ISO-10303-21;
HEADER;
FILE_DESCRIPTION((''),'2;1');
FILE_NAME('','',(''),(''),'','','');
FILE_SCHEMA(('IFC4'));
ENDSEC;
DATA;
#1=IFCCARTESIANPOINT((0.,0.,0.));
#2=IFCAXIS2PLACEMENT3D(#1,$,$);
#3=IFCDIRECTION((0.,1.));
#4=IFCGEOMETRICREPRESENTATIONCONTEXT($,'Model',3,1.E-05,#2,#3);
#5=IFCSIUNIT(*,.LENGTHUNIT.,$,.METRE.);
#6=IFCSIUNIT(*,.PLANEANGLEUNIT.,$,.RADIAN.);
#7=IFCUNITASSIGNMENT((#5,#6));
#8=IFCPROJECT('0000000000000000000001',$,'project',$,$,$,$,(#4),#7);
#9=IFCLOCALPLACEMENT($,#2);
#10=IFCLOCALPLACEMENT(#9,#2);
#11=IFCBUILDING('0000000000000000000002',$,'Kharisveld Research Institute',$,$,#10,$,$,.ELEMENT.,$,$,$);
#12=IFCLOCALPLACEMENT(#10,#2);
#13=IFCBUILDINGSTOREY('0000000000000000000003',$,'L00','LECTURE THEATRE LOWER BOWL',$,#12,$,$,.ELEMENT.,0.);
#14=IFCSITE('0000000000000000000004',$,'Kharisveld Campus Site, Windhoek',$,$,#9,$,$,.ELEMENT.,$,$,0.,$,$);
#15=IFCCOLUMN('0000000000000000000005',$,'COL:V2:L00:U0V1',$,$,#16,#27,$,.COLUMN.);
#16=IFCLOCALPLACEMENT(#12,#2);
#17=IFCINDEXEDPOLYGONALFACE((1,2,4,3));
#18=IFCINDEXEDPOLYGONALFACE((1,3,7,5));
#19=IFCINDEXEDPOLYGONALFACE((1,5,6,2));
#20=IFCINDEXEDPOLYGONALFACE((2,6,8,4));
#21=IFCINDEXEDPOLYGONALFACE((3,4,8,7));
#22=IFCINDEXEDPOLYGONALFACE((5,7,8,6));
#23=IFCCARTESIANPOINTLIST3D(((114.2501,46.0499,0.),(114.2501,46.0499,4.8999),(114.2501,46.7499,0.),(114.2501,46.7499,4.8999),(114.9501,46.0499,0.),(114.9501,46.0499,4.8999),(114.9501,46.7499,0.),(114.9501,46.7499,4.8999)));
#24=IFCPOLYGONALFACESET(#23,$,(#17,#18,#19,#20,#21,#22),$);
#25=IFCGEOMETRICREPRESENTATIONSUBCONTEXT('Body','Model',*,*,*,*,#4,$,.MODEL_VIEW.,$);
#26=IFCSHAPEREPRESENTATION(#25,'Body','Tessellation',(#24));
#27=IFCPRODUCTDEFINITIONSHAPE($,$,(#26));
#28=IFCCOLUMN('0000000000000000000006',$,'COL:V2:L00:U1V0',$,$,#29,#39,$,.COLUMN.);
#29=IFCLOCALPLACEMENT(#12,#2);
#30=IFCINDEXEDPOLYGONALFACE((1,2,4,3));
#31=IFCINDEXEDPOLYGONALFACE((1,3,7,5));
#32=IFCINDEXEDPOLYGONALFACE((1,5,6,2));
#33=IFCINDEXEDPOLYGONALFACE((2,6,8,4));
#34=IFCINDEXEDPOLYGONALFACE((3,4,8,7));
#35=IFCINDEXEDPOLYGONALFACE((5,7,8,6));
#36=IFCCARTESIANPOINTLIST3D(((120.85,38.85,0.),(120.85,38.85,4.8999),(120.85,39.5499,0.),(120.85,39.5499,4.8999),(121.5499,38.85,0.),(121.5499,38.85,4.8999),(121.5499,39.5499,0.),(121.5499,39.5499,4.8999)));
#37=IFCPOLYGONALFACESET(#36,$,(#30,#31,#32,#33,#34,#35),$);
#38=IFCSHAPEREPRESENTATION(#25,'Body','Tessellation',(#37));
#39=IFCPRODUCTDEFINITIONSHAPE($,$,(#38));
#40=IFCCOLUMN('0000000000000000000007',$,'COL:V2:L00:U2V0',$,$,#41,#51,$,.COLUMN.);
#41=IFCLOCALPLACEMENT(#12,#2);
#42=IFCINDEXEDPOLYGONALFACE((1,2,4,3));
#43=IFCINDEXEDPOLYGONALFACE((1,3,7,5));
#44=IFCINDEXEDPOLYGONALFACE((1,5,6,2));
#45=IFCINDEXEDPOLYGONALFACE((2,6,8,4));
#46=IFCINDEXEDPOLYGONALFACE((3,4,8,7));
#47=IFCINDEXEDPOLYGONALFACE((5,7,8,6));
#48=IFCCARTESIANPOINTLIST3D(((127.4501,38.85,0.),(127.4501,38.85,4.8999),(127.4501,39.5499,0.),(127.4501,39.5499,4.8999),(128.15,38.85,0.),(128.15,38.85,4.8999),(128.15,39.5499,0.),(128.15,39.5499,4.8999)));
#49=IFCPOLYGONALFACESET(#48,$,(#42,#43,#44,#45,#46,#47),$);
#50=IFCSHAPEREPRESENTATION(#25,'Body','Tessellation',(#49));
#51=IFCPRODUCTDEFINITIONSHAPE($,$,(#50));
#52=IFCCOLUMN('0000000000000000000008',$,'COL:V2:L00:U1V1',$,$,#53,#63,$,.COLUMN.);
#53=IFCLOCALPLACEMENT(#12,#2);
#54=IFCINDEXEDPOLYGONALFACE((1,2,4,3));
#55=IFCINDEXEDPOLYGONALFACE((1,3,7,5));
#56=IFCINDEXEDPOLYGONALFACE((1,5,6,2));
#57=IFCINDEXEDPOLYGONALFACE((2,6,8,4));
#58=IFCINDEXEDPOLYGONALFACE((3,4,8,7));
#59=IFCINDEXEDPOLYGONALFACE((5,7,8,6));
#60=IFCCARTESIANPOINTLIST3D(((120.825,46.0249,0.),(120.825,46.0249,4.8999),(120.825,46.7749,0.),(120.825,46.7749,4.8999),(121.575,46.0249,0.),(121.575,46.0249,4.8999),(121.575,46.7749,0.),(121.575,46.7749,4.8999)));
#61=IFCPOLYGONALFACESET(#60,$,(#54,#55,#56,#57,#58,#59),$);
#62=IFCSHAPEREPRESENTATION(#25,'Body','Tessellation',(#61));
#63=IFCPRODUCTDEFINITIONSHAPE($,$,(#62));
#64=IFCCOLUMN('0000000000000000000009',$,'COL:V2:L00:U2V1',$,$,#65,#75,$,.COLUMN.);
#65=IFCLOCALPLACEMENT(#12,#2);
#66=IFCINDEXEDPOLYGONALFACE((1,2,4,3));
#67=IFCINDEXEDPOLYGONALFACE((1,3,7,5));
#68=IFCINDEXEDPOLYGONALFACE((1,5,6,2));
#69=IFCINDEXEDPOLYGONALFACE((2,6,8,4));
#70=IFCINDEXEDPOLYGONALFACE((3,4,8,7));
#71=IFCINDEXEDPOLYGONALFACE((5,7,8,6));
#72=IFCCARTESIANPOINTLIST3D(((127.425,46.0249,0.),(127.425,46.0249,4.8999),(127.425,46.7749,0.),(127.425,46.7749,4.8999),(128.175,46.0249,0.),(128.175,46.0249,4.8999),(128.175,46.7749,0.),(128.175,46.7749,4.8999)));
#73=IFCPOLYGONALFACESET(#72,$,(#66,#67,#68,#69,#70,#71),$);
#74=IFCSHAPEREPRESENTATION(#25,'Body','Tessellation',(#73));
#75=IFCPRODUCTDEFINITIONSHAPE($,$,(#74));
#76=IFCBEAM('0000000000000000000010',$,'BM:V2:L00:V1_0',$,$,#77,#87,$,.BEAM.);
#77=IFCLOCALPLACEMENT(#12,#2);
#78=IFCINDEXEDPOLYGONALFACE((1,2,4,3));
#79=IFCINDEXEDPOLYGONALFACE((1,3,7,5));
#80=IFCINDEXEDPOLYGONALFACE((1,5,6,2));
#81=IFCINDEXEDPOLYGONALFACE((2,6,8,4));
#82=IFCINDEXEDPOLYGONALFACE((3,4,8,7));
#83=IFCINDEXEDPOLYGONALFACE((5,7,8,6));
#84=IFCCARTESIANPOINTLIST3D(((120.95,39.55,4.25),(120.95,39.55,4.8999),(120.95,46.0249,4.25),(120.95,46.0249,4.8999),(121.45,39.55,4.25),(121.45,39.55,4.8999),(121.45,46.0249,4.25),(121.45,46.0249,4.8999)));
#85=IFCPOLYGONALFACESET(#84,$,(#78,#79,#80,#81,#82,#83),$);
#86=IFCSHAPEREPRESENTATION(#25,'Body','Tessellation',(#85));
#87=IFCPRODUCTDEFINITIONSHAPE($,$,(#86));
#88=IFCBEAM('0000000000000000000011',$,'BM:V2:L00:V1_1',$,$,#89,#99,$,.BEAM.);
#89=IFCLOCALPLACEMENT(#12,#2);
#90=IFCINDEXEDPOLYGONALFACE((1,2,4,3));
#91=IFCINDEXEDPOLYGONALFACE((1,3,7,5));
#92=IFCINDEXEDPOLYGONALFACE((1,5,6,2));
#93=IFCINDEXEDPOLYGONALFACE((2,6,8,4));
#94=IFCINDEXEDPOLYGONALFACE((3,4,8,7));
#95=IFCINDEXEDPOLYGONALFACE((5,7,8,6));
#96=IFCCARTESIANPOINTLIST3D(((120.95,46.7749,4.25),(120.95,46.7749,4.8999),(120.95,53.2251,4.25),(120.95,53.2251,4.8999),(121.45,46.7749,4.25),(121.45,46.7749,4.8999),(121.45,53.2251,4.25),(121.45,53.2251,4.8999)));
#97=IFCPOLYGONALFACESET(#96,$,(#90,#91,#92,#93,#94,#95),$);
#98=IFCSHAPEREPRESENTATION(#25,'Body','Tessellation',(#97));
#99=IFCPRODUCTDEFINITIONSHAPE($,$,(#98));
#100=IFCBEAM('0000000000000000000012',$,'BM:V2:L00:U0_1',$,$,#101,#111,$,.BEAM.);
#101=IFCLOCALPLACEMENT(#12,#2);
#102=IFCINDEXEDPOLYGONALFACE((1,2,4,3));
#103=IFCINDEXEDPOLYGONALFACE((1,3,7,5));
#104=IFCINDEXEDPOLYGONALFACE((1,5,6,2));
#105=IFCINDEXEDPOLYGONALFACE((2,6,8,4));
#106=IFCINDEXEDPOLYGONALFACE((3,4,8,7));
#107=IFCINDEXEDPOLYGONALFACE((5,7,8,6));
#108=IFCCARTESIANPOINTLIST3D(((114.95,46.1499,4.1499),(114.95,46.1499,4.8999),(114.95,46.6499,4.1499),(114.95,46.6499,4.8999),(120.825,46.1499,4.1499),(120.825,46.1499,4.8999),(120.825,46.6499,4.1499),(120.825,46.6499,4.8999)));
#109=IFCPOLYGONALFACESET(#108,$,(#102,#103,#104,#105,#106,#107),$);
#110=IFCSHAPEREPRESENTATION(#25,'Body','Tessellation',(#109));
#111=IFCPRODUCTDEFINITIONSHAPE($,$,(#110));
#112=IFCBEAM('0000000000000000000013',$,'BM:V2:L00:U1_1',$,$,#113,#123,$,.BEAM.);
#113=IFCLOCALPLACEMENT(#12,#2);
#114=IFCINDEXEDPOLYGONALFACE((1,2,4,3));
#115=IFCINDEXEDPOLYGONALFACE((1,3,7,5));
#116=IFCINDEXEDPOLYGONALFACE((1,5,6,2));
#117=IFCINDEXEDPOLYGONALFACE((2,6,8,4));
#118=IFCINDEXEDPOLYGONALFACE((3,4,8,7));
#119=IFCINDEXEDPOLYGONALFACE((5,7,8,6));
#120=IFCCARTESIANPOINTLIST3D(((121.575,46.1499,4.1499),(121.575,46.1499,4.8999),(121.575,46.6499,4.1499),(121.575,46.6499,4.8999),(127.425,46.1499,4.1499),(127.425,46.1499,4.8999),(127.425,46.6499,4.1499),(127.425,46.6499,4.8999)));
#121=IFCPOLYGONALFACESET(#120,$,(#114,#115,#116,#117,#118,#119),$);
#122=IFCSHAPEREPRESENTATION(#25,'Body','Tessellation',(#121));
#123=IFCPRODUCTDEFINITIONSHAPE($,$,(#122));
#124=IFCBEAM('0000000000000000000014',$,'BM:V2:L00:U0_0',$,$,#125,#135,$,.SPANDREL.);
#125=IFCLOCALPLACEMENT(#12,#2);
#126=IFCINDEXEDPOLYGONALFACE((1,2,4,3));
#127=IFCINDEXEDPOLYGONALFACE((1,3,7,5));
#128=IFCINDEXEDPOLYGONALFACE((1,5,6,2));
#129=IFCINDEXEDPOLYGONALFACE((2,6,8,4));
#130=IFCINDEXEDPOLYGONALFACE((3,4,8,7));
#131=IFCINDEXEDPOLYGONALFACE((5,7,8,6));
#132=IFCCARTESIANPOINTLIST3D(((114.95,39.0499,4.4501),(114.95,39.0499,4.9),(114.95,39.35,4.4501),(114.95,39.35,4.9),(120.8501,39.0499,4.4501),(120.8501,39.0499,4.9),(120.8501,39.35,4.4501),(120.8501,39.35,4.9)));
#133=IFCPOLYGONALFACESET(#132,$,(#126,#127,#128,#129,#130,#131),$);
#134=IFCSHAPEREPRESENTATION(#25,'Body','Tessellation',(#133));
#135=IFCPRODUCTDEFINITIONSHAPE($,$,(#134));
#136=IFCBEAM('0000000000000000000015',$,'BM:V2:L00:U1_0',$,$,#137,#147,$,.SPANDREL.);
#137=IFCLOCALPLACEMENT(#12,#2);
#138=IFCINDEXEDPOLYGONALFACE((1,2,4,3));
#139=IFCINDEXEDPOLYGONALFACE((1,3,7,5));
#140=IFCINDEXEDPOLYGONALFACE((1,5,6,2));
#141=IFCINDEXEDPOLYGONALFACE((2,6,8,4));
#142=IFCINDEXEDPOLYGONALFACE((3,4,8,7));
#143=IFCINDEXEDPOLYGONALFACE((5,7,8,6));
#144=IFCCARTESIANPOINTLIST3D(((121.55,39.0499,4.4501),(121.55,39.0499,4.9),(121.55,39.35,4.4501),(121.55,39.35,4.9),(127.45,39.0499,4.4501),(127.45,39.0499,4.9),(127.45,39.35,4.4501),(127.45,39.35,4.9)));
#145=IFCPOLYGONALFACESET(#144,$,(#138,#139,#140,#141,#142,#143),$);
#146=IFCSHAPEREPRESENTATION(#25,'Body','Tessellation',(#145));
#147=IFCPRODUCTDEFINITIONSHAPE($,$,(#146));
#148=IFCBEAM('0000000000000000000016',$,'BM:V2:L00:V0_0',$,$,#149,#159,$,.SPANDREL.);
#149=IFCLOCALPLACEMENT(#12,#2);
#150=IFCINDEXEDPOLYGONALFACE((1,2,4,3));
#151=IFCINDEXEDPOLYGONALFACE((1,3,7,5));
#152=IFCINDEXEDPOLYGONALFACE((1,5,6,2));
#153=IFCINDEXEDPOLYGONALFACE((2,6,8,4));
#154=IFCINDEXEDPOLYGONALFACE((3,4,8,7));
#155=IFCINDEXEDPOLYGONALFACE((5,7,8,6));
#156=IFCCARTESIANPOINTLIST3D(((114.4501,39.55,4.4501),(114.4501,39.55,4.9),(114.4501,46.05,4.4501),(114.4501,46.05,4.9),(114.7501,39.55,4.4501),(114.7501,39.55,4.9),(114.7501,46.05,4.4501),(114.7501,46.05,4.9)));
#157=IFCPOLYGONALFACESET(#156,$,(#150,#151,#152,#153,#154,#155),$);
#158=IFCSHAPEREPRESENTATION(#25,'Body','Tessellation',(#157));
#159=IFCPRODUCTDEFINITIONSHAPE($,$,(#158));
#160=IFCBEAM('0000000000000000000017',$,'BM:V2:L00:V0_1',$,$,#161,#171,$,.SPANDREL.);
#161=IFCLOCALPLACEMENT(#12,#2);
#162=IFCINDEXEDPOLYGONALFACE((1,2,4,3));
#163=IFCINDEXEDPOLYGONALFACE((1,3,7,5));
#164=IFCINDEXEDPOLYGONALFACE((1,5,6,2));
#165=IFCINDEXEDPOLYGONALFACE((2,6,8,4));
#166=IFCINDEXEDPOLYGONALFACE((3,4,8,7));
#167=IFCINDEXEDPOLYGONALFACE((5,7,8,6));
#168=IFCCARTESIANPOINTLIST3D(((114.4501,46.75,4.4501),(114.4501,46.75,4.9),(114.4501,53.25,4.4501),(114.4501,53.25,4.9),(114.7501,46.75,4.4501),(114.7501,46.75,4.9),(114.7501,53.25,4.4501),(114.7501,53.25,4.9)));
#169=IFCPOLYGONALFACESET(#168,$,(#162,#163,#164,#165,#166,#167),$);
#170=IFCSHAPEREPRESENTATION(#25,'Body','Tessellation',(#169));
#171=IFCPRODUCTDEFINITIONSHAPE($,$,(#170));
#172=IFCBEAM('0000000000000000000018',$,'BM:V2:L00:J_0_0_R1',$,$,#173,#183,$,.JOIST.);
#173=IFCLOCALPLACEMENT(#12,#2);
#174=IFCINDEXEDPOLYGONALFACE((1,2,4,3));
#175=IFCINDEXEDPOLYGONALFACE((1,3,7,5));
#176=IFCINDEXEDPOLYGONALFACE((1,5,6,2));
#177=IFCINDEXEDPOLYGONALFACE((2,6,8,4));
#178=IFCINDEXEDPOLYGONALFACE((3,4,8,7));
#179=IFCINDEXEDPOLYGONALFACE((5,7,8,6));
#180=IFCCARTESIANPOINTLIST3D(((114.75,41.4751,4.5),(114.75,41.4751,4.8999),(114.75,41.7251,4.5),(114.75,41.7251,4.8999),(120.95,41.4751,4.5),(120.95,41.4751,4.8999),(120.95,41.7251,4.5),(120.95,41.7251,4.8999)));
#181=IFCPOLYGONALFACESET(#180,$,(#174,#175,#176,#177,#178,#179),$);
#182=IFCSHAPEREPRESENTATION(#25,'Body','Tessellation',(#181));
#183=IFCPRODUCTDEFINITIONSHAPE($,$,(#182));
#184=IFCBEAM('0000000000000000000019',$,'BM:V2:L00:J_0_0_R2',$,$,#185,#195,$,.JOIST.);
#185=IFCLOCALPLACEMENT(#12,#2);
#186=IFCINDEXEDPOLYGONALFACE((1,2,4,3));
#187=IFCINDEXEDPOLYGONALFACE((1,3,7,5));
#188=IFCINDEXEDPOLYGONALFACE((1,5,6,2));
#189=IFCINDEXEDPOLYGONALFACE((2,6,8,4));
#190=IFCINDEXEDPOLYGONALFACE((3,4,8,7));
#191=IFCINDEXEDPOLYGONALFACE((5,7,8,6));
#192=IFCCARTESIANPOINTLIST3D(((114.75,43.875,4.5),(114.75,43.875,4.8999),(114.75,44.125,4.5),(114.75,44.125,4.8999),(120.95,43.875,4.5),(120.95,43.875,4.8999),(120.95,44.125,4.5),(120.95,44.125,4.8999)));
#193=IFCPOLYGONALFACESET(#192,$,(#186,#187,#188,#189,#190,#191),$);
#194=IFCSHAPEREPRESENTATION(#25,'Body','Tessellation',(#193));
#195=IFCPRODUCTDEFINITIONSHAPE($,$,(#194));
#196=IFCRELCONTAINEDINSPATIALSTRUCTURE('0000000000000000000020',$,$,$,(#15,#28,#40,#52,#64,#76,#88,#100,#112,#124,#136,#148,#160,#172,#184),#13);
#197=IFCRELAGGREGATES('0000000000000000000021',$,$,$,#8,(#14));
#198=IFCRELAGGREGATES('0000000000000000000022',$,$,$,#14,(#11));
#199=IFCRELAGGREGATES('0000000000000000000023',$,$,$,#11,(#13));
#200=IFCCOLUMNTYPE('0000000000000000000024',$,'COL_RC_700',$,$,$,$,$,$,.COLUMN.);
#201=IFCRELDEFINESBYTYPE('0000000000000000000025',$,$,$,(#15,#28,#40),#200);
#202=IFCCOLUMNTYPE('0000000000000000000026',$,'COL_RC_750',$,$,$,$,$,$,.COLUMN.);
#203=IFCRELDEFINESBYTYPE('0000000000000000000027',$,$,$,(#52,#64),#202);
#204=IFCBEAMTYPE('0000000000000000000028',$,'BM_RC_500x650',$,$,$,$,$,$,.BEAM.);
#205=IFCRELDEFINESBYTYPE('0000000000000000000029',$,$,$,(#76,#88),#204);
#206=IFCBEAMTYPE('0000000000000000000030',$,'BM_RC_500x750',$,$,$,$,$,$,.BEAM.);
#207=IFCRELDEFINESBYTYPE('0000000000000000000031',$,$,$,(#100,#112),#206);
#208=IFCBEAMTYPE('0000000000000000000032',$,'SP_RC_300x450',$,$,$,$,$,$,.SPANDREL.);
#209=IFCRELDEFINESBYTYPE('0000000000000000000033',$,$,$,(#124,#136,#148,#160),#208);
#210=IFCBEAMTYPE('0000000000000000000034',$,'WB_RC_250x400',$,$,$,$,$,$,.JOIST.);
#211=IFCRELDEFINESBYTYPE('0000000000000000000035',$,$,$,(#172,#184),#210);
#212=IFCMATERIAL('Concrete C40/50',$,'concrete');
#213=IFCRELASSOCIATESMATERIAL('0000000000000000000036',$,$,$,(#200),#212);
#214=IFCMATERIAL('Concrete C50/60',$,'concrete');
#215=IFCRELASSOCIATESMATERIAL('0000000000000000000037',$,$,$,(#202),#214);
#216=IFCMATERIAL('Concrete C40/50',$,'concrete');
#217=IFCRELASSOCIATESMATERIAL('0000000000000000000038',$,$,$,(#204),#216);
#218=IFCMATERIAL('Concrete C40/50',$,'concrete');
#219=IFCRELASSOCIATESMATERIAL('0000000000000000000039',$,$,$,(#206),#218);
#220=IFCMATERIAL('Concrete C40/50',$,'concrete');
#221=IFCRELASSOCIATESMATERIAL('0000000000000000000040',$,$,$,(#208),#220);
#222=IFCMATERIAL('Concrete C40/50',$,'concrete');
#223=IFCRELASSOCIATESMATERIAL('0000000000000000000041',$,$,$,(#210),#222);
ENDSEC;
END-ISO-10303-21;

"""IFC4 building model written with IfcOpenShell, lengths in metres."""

from ifc_helpers import new_model, si_unit, direction, frame, origin, origin_2d, place, context, subcontext, project, spatial, rectangle, extrude, material, material_profile, profile_set, type_object, element, save


model = new_model("IFC4")

# Units and contexts
model_context = context("Model", 3, precision=1e-05, world=origin(), true_north=direction((0.0, 1.0)))
body_context = subcontext(model_context, "Body", "Model", "MODEL_VIEW")
ifc_project = project(units=[si_unit("LENGTHUNIT", "METRE"), si_unit("PLANEANGLEUNIT", "RADIAN")], contexts=[model_context])

# Site, building, storey
site_placement = place(None, origin())
site = spatial("IfcSite", under=ifc_project, at=site_placement, Name="Kharisveld Campus Site, Windhoek", CompositionType="ELEMENT", RefElevation=0.0)
building_placement = place(site_placement, origin())
building = spatial("IfcBuilding", under=site, at=building_placement, Name="Kharisveld Research Institute", CompositionType="ELEMENT")
storey_placement = place(building_placement, origin())
storey = spatial("IfcBuildingStorey", under=building, at=storey_placement, Name="L00", Description="LECTURE THEATRE LOWER BOWL", CompositionType="ELEMENT", Elevation=0.0)

# Columns
ifc_material_1 = material(Name="Concrete C40/50", Category="concrete")
ifc_material_profile_1 = material_profile(ifc_material_1, rectangle(XDim=0.7, YDim=0.7, at=origin_2d()))
ifc_profile_set_1 = profile_set([ifc_material_profile_1], Name="Concrete C40/50")
column_type_1 = type_object("IfcColumnType", Name="COL_RC_700", PredefinedType="COLUMN", material=ifc_profile_set_1)
for number, where, z_axis, x_axis, name in (
    (1, (114.6001, 46.3999, 0.0), (0.0, 0.0, 1.0), (1.0, 0.0, 0.0), "COL:V2:L00:U0V1"),
    (2, (121.2, 39.2, 0.0), (0.0, 0.0, 1.0), (1.0, 0.0, 0.0), "COL:V2:L00:U1V0"),
    (3, (127.8, 39.2, 0.0), (0.0, 0.0, 1.0), (1.0, 0.0, 0.0), "COL:V2:L00:U2V0"),
):
    element("IfcColumn", number, at=place(storey_placement, frame(where, z_axis=z_axis, x_axis=x_axis)), inside=storey, type_object=column_type_1, Name=name, PredefinedType="COLUMN", context=body_context, shape_type="SweptSolid", body=[
        extrude(rectangle(XDim=0.7, YDim=0.7, at=origin_2d()), origin(), (0.0, 0.0, 1.0), 4.8999),
    ])
ifc_material_2 = material(Name="Concrete C50/60", Category="concrete")
ifc_material_profile_2 = material_profile(ifc_material_2, rectangle(XDim=0.75, YDim=0.75, at=origin_2d()))
ifc_profile_set_2 = profile_set([ifc_material_profile_2], Name="Concrete C50/60")
column_type_2 = type_object("IfcColumnType", Name="COL_RC_750", PredefinedType="COLUMN", material=ifc_profile_set_2)
for number, where, z_axis, x_axis, name in (
    (4, (121.2, 46.3999, 0.0), (0.0, 0.0, 1.0), (1.0, 0.0, 0.0), "COL:V2:L00:U1V1"),
    (5, (127.8, 46.3999, 0.0), (0.0, 0.0, 1.0), (1.0, 0.0, 0.0), "COL:V2:L00:U2V1"),
):
    element("IfcColumn", number, at=place(storey_placement, frame(where, z_axis=z_axis, x_axis=x_axis)), inside=storey, type_object=column_type_2, Name=name, PredefinedType="COLUMN", context=body_context, shape_type="SweptSolid", body=[
        extrude(rectangle(XDim=0.75, YDim=0.75, at=origin_2d()), origin(), (0.0, 0.0, 1.0), 4.8999),
    ])

# Beams
ifc_material_3 = material(Name="Concrete C40/50", Category="concrete")
ifc_material_profile_3 = material_profile(ifc_material_3, rectangle(XDim=0.5, YDim=0.6499, at=origin_2d()))
ifc_profile_set_3 = profile_set([ifc_material_profile_3], Name="Concrete C40/50")
beam_type_1 = type_object("IfcBeamType", Name="BM_RC_500x650", PredefinedType="BEAM", material=ifc_profile_set_3)
beam_1_placement = place(storey_placement, frame((121.2, 39.55, 4.575), z_axis=(0.0, 1.0, 0.0), x_axis=(-1.0, 0.0, 0.0)))
element("IfcBeam", 6, at=beam_1_placement, inside=storey, type_object=beam_type_1, Name="BM:V2:L00:V1_0", PredefinedType="BEAM", context=body_context, shape_type="SweptSolid", body=[
    extrude(rectangle(XDim=0.5, YDim=0.6499, at=origin_2d()), origin(), (0.0, 0.0, 1.0), 6.4749),
])
beam_2_placement = place(storey_placement, frame((121.2, 46.7749, 4.575), z_axis=(0.0, 1.0, 0.0), x_axis=(-1.0, 0.0, 0.0)))
element("IfcBeam", 7, at=beam_2_placement, inside=storey, type_object=beam_type_1, Name="BM:V2:L00:V1_1", PredefinedType="BEAM", context=body_context, shape_type="SweptSolid", body=[
    extrude(rectangle(XDim=0.5, YDim=0.6499, at=origin_2d()), origin(), (0.0, 0.0, 1.0), 6.4502),
])
ifc_material_4 = material(Name="Concrete C40/50", Category="concrete")
ifc_material_profile_4 = material_profile(ifc_material_4, rectangle(XDim=0.5, YDim=0.75, at=origin_2d()))
ifc_profile_set_4 = profile_set([ifc_material_profile_4], Name="Concrete C40/50")
beam_type_2 = type_object("IfcBeamType", Name="BM_RC_500x750", PredefinedType="BEAM", material=ifc_profile_set_4)
beam_3_placement = place(storey_placement, frame((114.95, 46.3999, 4.5249), z_axis=(1.0, 0.0, 0.0), x_axis=(0.0, 1.0, 0.0)))
element("IfcBeam", 8, at=beam_3_placement, inside=storey, type_object=beam_type_2, Name="BM:V2:L00:U0_1", PredefinedType="BEAM", context=body_context, shape_type="SweptSolid", body=[
    extrude(rectangle(XDim=0.5, YDim=0.75, at=origin_2d()), origin(), (0.0, 0.0, 1.0), 5.875),
])
beam_4_placement = place(storey_placement, frame((121.575, 46.3999, 4.5249), z_axis=(1.0, 0.0, 0.0), x_axis=(0.0, 1.0, 0.0)))
element("IfcBeam", 9, at=beam_4_placement, inside=storey, type_object=beam_type_2, Name="BM:V2:L00:U1_1", PredefinedType="BEAM", context=body_context, shape_type="SweptSolid", body=[
    extrude(rectangle(XDim=0.5, YDim=0.75, at=origin_2d()), origin(), (0.0, 0.0, 1.0), 5.8501),
])
ifc_material_5 = material(Name="Concrete C40/50", Category="concrete")
ifc_material_profile_5 = material_profile(ifc_material_5, rectangle(XDim=0.3, YDim=0.45, at=origin_2d()))
ifc_profile_set_5 = profile_set([ifc_material_profile_5], Name="Concrete C40/50")
beam_type_3 = type_object("IfcBeamType", Name="SP_RC_300x450", PredefinedType="SPANDREL", material=ifc_profile_set_5)
beam_5_placement = place(storey_placement, frame((114.95, 39.2, 4.675), z_axis=(1.0, 0.0, 0.0), x_axis=(0.0, 1.0, 0.0)))
element("IfcBeam", 10, at=beam_5_placement, inside=storey, type_object=beam_type_3, Name="BM:V2:L00:U0_0", PredefinedType="SPANDREL", context=body_context, shape_type="SweptSolid", body=[
    extrude(rectangle(XDim=0.3, YDim=0.45, at=origin_2d()), origin(), (0.0, 0.0, 1.0), 5.9001),
])
beam_6_placement = place(storey_placement, frame((121.55, 39.2, 4.675), z_axis=(1.0, 0.0, 0.0), x_axis=(0.0, 1.0, 0.0)))
element("IfcBeam", 11, at=beam_6_placement, inside=storey, type_object=beam_type_3, Name="BM:V2:L00:U1_0", PredefinedType="SPANDREL", context=body_context, shape_type="SweptSolid", body=[
    extrude(rectangle(XDim=0.3, YDim=0.45, at=origin_2d()), origin(), (0.0, 0.0, 1.0), 5.8999),
])
for number, where, z_axis, x_axis, name in (
    (12, (114.6001, 39.55, 4.675), (0.0, 1.0, 0.0), (-1.0, 0.0, 0.0), "BM:V2:L00:V0_0"),
    (13, (114.6001, 46.75, 4.675), (0.0, 1.0, 0.0), (-1.0, 0.0, 0.0), "BM:V2:L00:V0_1"),
):
    element("IfcBeam", number, at=place(storey_placement, frame(where, z_axis=z_axis, x_axis=x_axis)), inside=storey, type_object=beam_type_3, Name=name, PredefinedType="SPANDREL", context=body_context, shape_type="SweptSolid", body=[
        extrude(rectangle(XDim=0.3, YDim=0.45, at=origin_2d()), origin(), (0.0, 0.0, 1.0), 6.5),
    ])
ifc_material_6 = material(Name="Concrete C40/50", Category="concrete")
ifc_material_profile_6 = material_profile(ifc_material_6, rectangle(XDim=0.25, YDim=0.3999, at=origin_2d()))
ifc_profile_set_6 = profile_set([ifc_material_profile_6], Name="Concrete C40/50")
beam_type_4 = type_object("IfcBeamType", Name="WB_RC_250x400", PredefinedType="JOIST", material=ifc_profile_set_6)
for number, where, z_axis, x_axis, name in (
    (14, (114.75, 41.6001, 4.7), (1.0, 0.0, 0.0), (0.0, 1.0, 0.0), "BM:V2:L00:J_0_0_R1"),
    (15, (114.75, 44.0, 4.7), (1.0, 0.0, 0.0), (0.0, 1.0, 0.0), "BM:V2:L00:J_0_0_R2"),
):
    element("IfcBeam", number, at=place(storey_placement, frame(where, z_axis=z_axis, x_axis=x_axis)), inside=storey, type_object=beam_type_4, Name=name, PredefinedType="JOIST", context=body_context, shape_type="SweptSolid", body=[
        extrude(rectangle(XDim=0.25, YDim=0.3999, at=origin_2d()), origin(), (0.0, 0.0, 1.0), 6.2),
    ])

save(model, "model.ifc")
